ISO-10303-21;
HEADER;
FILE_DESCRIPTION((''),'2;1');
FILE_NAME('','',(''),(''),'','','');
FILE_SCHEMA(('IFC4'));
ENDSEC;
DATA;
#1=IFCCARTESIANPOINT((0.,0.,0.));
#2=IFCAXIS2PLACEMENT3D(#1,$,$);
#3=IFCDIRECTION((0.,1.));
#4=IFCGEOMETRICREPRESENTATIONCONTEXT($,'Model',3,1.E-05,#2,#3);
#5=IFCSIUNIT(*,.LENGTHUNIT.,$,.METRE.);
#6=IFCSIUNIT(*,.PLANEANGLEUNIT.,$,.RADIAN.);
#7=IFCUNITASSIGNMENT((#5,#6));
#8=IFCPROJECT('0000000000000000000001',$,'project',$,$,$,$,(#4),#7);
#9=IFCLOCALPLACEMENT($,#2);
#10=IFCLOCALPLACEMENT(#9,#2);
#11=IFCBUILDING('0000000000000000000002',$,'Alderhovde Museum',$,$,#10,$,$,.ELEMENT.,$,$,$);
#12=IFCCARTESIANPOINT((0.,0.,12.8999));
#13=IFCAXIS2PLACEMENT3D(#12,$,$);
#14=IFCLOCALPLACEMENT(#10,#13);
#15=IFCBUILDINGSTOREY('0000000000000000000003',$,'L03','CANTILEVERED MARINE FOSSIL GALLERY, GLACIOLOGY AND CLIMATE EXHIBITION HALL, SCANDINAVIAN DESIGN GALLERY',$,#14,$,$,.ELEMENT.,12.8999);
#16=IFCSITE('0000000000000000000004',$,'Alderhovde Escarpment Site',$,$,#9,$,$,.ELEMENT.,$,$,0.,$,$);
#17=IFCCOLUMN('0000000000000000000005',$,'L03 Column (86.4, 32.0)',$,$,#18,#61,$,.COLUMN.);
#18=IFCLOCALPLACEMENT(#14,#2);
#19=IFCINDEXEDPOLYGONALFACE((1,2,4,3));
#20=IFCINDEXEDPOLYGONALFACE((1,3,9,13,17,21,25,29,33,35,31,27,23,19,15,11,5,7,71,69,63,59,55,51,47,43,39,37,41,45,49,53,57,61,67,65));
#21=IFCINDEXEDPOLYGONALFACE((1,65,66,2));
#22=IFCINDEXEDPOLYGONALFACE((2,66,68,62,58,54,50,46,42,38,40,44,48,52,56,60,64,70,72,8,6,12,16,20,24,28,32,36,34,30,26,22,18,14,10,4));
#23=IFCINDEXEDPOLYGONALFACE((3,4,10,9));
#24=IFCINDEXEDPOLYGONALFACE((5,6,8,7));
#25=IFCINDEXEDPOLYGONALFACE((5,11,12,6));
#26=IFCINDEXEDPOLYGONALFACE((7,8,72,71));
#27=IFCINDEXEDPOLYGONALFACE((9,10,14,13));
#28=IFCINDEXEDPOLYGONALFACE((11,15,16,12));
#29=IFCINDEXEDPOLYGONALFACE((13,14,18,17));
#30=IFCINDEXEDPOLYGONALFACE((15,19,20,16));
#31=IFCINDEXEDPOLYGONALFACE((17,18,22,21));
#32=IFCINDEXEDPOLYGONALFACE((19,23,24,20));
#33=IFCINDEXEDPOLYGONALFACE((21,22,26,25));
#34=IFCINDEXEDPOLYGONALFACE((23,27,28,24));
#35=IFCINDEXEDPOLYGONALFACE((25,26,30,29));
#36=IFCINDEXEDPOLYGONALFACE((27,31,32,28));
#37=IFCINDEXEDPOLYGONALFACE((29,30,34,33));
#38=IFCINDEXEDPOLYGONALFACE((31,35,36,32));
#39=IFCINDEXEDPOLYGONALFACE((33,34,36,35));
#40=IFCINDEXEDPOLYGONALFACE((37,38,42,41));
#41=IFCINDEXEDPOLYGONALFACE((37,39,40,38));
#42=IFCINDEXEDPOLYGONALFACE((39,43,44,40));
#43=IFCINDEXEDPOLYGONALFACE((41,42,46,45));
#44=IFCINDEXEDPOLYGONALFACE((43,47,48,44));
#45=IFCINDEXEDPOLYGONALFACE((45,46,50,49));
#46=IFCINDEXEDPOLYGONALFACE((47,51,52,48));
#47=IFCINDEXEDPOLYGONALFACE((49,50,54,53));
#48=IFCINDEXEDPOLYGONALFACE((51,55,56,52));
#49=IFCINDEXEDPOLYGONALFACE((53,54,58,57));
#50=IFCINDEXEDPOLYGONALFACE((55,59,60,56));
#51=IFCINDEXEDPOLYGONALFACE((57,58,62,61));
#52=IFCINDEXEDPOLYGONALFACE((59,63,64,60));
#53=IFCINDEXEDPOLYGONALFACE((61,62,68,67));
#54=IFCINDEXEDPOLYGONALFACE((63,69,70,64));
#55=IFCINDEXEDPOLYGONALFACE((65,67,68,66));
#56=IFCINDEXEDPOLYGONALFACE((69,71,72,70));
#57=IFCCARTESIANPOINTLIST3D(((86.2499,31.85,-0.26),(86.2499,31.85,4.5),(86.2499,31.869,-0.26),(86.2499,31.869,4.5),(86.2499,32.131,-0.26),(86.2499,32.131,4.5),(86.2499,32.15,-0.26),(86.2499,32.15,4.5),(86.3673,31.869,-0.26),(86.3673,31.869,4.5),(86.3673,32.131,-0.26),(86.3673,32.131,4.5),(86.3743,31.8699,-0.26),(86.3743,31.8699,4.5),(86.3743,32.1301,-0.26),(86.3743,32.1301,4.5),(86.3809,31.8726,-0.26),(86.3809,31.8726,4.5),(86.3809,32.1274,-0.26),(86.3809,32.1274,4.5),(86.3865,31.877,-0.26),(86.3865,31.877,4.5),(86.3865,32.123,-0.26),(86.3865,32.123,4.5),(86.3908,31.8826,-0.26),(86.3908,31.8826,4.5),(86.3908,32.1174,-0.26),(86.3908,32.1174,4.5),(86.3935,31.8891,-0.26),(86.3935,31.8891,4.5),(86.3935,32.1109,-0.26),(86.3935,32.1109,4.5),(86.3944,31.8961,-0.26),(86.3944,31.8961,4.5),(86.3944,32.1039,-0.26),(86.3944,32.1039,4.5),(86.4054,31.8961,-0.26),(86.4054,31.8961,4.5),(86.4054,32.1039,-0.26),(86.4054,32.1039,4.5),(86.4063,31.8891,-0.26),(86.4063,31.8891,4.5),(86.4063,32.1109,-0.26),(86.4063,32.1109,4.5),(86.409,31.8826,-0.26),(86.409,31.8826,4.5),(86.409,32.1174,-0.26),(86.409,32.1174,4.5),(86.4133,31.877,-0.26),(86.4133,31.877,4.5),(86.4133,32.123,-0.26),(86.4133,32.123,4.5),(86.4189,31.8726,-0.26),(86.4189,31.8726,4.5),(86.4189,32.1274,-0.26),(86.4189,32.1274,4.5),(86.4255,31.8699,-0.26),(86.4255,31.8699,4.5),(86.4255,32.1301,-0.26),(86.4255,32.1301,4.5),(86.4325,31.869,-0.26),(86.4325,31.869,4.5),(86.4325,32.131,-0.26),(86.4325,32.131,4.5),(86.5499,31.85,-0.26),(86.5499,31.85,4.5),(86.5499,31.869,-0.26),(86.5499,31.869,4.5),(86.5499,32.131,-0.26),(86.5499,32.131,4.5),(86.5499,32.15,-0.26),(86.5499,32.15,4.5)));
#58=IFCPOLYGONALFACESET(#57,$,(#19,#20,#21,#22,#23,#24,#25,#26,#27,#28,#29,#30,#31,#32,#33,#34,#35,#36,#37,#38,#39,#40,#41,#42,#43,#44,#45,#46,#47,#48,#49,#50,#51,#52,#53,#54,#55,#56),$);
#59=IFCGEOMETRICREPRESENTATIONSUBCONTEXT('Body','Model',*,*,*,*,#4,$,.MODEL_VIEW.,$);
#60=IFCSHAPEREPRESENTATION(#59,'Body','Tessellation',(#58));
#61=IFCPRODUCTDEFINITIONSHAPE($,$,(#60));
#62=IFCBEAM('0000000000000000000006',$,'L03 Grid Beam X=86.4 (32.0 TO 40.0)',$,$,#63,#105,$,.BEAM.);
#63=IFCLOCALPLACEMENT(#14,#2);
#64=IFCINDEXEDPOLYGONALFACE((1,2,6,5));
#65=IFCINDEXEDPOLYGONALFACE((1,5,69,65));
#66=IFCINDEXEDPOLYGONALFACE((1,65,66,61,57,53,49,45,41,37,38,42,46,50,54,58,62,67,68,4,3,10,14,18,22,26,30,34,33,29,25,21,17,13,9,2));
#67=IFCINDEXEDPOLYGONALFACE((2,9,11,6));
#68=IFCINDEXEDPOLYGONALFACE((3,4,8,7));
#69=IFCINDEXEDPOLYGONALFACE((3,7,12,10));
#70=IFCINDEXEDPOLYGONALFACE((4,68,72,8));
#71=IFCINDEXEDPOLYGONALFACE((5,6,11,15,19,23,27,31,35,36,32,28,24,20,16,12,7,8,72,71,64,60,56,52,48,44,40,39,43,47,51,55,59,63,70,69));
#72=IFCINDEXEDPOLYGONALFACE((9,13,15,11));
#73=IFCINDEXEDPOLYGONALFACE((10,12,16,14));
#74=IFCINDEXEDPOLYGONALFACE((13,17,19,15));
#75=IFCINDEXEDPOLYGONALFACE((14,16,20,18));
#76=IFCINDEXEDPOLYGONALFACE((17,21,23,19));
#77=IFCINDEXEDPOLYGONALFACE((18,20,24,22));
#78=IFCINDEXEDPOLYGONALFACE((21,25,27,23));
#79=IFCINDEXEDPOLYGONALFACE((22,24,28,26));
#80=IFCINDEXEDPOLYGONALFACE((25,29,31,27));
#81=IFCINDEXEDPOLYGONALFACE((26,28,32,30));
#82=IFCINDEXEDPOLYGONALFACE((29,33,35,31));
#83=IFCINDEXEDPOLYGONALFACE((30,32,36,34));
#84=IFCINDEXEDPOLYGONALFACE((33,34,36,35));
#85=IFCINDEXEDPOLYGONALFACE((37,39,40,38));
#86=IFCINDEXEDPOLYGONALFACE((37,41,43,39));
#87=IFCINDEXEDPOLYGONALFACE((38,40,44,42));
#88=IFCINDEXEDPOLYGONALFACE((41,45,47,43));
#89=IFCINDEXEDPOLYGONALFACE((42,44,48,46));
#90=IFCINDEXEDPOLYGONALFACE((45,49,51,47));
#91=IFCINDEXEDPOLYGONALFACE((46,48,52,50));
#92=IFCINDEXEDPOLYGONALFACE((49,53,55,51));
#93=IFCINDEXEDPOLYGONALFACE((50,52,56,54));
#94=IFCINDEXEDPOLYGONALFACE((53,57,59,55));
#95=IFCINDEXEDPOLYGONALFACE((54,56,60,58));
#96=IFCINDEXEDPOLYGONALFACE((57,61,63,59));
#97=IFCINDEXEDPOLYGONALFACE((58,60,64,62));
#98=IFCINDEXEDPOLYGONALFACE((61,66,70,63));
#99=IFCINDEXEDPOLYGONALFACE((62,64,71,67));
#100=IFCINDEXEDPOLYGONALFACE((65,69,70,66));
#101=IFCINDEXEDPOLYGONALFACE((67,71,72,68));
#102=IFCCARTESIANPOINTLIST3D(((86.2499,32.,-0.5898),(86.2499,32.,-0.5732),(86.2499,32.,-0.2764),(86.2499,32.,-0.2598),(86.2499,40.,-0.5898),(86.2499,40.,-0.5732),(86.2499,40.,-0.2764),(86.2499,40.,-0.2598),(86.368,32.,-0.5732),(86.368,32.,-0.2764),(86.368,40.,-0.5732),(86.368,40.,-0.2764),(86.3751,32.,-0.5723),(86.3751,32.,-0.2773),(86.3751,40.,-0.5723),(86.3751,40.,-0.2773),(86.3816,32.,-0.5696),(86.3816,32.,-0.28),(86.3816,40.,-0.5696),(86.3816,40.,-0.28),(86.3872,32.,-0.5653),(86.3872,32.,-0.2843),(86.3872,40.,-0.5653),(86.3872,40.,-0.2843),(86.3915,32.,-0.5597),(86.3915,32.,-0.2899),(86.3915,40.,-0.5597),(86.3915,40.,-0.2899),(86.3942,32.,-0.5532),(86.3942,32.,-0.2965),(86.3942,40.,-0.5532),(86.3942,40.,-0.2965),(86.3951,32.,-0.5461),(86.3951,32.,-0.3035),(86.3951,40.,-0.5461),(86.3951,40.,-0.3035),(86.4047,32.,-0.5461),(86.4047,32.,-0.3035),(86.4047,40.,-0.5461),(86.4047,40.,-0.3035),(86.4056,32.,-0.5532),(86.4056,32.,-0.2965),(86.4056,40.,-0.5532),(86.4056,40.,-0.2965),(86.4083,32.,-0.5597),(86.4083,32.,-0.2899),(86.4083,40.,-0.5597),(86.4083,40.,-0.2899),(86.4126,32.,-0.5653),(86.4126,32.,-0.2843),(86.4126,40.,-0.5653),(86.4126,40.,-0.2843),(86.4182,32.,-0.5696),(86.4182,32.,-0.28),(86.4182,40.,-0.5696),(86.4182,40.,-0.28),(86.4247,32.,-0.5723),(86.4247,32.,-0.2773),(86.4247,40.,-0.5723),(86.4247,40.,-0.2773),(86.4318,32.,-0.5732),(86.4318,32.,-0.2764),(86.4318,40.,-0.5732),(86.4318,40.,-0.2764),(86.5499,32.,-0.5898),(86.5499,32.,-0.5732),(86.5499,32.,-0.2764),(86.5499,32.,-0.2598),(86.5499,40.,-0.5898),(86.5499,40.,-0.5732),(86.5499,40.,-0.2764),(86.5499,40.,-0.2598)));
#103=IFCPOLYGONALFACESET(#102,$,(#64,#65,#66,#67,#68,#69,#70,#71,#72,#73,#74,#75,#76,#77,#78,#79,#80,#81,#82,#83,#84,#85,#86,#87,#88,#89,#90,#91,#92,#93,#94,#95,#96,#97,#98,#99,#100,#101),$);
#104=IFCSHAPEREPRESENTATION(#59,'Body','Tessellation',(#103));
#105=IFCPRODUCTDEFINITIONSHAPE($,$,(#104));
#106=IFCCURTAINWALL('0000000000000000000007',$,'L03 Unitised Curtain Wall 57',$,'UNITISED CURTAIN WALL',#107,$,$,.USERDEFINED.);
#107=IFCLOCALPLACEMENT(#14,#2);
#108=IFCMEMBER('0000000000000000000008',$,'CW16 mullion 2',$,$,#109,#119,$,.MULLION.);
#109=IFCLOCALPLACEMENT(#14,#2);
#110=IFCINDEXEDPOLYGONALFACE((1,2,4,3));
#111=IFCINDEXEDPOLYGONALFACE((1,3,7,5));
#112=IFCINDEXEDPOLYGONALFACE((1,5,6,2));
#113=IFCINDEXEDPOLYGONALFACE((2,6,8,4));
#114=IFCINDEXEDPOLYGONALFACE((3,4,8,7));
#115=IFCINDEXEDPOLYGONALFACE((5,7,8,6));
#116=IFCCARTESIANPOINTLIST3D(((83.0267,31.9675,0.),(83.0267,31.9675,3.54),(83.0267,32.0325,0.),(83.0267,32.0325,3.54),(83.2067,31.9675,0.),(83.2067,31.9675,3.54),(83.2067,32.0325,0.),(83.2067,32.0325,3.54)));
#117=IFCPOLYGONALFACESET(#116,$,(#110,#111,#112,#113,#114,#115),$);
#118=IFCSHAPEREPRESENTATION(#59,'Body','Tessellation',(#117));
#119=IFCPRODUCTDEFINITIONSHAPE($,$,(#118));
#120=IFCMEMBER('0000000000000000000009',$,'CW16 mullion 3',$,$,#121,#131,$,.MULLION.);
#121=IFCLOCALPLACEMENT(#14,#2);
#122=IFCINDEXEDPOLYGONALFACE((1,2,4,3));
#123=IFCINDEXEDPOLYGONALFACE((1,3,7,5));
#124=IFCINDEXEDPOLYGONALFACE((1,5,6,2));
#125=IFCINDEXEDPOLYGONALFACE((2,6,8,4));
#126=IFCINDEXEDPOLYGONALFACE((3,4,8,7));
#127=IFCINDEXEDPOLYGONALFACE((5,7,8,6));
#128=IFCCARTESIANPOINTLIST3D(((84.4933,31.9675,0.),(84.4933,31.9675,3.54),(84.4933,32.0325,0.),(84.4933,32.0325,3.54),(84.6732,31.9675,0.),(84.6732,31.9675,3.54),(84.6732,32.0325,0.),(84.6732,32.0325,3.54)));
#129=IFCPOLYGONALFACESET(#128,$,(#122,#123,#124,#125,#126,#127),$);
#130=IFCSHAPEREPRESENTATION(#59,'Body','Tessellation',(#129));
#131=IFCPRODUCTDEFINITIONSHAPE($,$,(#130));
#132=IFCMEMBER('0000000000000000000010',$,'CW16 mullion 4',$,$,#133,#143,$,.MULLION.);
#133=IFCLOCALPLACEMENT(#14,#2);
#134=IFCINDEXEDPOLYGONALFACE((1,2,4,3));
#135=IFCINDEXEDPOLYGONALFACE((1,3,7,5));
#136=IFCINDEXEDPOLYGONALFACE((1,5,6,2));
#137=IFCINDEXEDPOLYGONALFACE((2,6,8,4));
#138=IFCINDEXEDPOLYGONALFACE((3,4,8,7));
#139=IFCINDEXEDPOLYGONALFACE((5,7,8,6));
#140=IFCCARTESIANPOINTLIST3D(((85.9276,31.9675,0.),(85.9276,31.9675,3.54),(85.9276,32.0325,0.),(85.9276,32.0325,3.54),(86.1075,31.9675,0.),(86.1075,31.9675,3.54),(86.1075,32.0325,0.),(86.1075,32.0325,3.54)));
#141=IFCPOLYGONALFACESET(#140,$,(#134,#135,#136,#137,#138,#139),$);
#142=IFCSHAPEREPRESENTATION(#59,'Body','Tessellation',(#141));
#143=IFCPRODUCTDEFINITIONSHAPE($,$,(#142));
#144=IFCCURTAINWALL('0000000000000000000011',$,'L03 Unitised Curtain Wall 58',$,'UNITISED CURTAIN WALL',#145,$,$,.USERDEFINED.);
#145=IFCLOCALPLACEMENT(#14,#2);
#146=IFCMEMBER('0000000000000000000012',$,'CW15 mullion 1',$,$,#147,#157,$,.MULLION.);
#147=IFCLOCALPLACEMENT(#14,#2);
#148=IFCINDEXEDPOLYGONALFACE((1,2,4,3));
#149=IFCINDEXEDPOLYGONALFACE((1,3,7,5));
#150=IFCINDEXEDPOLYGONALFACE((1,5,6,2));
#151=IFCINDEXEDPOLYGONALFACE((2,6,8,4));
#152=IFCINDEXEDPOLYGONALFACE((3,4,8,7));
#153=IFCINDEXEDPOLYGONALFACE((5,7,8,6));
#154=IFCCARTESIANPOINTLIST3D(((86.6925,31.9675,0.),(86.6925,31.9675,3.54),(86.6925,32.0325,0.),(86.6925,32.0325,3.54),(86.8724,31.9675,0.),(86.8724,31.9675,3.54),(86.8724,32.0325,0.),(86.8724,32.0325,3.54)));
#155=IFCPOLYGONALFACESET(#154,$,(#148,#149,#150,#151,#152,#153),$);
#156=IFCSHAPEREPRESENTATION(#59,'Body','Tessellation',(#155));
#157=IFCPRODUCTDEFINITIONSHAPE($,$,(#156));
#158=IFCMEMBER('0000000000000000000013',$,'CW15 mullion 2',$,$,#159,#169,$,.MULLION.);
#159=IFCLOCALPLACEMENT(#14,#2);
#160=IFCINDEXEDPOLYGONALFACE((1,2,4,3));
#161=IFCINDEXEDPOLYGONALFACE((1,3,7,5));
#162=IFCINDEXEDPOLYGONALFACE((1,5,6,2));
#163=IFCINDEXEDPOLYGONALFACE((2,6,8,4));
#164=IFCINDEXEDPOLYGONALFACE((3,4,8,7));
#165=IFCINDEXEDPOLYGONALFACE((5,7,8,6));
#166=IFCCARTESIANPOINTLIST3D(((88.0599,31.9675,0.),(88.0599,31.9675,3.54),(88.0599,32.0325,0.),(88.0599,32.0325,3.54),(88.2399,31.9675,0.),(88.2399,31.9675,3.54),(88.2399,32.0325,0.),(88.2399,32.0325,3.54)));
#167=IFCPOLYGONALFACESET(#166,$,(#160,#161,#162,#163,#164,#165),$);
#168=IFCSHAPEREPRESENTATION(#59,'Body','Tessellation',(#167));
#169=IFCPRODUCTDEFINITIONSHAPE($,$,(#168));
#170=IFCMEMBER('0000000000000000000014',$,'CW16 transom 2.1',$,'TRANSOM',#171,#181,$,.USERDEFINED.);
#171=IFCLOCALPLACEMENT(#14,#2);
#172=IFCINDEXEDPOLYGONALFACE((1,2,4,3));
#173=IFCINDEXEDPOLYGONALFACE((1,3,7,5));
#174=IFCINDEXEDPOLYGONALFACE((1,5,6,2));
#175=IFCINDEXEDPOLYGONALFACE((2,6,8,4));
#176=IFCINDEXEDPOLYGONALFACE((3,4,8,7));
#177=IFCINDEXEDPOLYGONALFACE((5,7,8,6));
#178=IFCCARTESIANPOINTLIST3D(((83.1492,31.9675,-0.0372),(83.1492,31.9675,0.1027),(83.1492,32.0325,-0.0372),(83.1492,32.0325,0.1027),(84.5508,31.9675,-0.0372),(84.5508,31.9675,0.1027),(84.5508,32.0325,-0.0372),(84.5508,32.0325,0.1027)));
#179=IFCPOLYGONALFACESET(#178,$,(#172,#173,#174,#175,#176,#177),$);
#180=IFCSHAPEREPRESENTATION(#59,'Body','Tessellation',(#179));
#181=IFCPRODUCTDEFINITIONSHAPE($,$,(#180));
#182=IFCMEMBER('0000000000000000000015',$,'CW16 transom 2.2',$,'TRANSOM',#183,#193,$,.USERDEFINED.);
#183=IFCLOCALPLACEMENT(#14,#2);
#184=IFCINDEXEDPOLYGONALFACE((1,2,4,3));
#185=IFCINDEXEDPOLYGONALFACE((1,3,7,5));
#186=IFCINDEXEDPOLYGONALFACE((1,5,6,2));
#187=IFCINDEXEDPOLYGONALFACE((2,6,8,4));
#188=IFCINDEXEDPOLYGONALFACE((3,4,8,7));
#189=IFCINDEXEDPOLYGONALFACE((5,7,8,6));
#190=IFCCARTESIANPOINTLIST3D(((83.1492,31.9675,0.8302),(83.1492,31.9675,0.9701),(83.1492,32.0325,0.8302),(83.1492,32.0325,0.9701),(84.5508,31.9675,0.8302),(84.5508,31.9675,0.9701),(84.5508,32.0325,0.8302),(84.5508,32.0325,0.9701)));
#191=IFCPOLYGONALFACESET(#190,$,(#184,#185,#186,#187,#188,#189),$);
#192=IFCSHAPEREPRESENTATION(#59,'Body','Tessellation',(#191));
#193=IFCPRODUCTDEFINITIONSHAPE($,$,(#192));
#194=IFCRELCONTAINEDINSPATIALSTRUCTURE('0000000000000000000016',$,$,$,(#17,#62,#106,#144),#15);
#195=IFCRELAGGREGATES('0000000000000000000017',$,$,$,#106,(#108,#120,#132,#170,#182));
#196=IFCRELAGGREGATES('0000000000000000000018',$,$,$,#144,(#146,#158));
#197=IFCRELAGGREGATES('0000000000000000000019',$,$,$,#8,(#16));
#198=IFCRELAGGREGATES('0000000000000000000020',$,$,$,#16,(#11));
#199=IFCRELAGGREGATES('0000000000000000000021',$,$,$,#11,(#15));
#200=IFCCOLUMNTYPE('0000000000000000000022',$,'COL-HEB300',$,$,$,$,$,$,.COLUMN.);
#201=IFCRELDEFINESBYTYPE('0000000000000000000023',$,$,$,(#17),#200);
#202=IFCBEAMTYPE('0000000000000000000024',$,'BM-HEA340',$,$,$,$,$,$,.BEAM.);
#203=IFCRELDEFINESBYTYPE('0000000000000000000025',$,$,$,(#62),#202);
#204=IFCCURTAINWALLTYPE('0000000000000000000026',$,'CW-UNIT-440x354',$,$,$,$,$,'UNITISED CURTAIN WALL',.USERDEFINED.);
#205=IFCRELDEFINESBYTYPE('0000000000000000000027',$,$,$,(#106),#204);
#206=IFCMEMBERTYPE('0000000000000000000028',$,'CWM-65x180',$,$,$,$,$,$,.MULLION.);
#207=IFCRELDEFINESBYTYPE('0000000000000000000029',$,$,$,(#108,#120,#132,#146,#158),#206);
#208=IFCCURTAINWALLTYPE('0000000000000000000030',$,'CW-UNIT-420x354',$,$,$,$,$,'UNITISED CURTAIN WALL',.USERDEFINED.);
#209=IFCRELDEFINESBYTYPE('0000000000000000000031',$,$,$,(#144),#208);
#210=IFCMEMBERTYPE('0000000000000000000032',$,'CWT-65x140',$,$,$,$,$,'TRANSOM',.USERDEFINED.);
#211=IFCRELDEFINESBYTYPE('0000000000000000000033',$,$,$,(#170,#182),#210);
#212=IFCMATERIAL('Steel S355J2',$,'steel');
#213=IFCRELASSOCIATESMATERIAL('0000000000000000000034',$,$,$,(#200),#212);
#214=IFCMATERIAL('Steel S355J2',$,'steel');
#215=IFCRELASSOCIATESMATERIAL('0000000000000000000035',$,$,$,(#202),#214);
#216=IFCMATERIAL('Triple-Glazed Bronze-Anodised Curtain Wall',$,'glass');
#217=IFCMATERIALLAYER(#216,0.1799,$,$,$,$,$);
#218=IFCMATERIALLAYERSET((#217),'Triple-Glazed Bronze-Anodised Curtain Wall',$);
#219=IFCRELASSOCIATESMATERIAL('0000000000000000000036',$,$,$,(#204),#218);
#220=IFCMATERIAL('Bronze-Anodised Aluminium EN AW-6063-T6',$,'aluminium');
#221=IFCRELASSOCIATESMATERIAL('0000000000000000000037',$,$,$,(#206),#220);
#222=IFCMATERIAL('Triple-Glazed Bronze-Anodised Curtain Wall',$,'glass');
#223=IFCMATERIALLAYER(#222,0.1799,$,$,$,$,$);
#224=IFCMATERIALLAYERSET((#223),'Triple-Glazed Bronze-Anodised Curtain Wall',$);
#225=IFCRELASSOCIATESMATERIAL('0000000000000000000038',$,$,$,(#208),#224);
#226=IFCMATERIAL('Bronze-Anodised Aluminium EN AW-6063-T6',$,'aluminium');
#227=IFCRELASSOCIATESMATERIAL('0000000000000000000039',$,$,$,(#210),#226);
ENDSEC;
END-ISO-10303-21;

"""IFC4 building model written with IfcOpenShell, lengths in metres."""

from ifc_helpers import new_model, si_unit, direction, frame, origin, origin_2d, place, context, subcontext, project, spatial, rectangle, i_section, extrude, material, layer, layer_set, material_profile, profile_set, type_object, element, aggregate, save


model = new_model("IFC4")

# Units and contexts
model_context = context("Model", 3, precision=1e-05, world=origin(), true_north=direction((0.0, 1.0)))
body_context = subcontext(model_context, "Body", "Model", "MODEL_VIEW")
ifc_project = project(units=[si_unit("LENGTHUNIT", "METRE"), si_unit("PLANEANGLEUNIT", "RADIAN")], contexts=[model_context])

# Site, building, storey
site_placement = place(None, origin())
site = spatial("IfcSite", under=ifc_project, at=site_placement, Name="Alderhovde Escarpment Site", CompositionType="ELEMENT", RefElevation=0.0)
building_placement = place(site_placement, origin())
building = spatial("IfcBuilding", under=site, at=building_placement, Name="Alderhovde Museum", CompositionType="ELEMENT")
storey_placement = place(building_placement, frame((0.0, 0.0, 12.8999)))
storey = spatial("IfcBuildingStorey", under=building, at=storey_placement, Name="L03", Description="CANTILEVERED MARINE FOSSIL GALLERY, GLACIOLOGY AND CLIMATE EXHIBITION HALL, SCANDINAVIAN DESIGN GALLERY", CompositionType="ELEMENT", Elevation=12.8999)

# Column
ifc_material_1 = material(Name="Steel S355J2", Category="steel")
ifc_material_profile_1 = material_profile(ifc_material_1, i_section(OverallWidth=0.3, OverallDepth=0.3, WebThickness=0.011, FlangeThickness=0.019, FilletRadius=0.0271, at=origin_2d()), Name="HEB 300")
ifc_profile_set_1 = profile_set([ifc_material_profile_1], Name="Steel S355J2")
column_type = type_object("IfcColumnType", Name="COL-HEB300", PredefinedType="COLUMN", material=ifc_profile_set_1)
column_placement = place(storey_placement, frame((86.3999, 32.0, -0.26), z_axis=(0.0, 0.0, 1.0), x_axis=(1.0, 0.0, 0.0)))
element("IfcColumn", 1, at=column_placement, inside=storey, type_object=column_type, Name="L03 Column (86.4, 32.0)", PredefinedType="COLUMN", context=body_context, shape_type="SweptSolid", body=[
    extrude(i_section(OverallWidth=0.3, OverallDepth=0.3, WebThickness=0.011, FlangeThickness=0.019, FilletRadius=0.0271, at=origin_2d()), origin(), (0.0, 0.0, 1.0), 4.76),
])

# Beam
ifc_material_2 = material(Name="Steel S355J2", Category="steel")
ifc_material_profile_2 = material_profile(ifc_material_2, i_section(OverallWidth=0.3, OverallDepth=0.3301, WebThickness=0.0095, FlangeThickness=0.0166, FilletRadius=0.0271, at=origin_2d()), Name="HEA 340")
ifc_profile_set_2 = profile_set([ifc_material_profile_2], Name="Steel S355J2")
beam_type_1 = type_object("IfcBeamType", Name="BM-HEA340", PredefinedType="BEAM", material=ifc_profile_set_2)
beam_1_placement = place(storey_placement, frame((86.3999, 32.0, -0.4248), z_axis=(0.0, 1.0, 0.0), x_axis=(-1.0, 0.0, 0.0)))
element("IfcBeam", 2, at=beam_1_placement, inside=storey, type_object=beam_type_1, Name="L03 Grid Beam X=86.4 (32.0 TO 40.0)", PredefinedType="BEAM", context=body_context, shape_type="SweptSolid", body=[
    extrude(i_section(OverallWidth=0.3, OverallDepth=0.3301, WebThickness=0.0095, FlangeThickness=0.0166, FilletRadius=0.0271, at=origin_2d()), origin(), (0.0, 0.0, 1.0), 8.0),
])

# Curtain walls, members
ifc_material_3 = material(Name="Triple-Glazed Bronze-Anodised Curtain Wall", Category="glass")
ifc_layer_1 = layer(ifc_material_3, 0.1799)
ifc_layer_set_1 = layer_set([ifc_layer_1], Name="Triple-Glazed Bronze-Anodised Curtain Wall")
curtain_wall_type_1 = type_object("IfcCurtainWallType", Name="CW-UNIT-440x354", ElementType="UNITISED CURTAIN WALL", PredefinedType="USERDEFINED", material=ifc_layer_set_1)
curtain_wall_1_placement = place(storey_placement, origin())
curtain_wall_1 = element("IfcCurtainWall", 3, at=curtain_wall_1_placement, inside=storey, type_object=curtain_wall_type_1, Name="L03 Unitised Curtain Wall 57", ObjectType="UNITISED CURTAIN WALL", PredefinedType="USERDEFINED")
ifc_material_4 = material(Name="Bronze-Anodised Aluminium EN AW-6063-T6", Category="aluminium")
ifc_material_profile_3 = material_profile(ifc_material_4, rectangle(XDim=0.0649, YDim=0.1799, at=origin_2d()), Name="MULLION 65x180")
ifc_profile_set_3 = profile_set([ifc_material_profile_3], Name="Bronze-Anodised Aluminium EN AW-6063-T6")
member_type_1 = type_object("IfcMemberType", Name="CWM-65x180", PredefinedType="MULLION", material=ifc_profile_set_3)
member_1_placement = place(storey_placement, frame((83.1167, 32.0, 0.0), z_axis=(0.0, 0.0, 1.0), x_axis=(0.0, 1.0, 0.0)))
member_1 = element("IfcMember", 4, at=member_1_placement, type_object=member_type_1, Name="CW16 mullion 2", PredefinedType="MULLION", context=body_context, shape_type="SweptSolid", body=[
    extrude(rectangle(XDim=0.0649, YDim=0.1799, at=origin_2d()), origin(), (0.0, 0.0, 1.0), 3.54),
])
member_2_placement = place(storey_placement, frame((84.5833, 32.0, 0.0), z_axis=(0.0, 0.0, 1.0), x_axis=(0.0, 1.0, 0.0)))
member_2 = element("IfcMember", 5, at=member_2_placement, type_object=member_type_1, Name="CW16 mullion 3", PredefinedType="MULLION", context=body_context, shape_type="SweptSolid", body=[
    extrude(rectangle(XDim=0.0649, YDim=0.1799, at=origin_2d()), origin(), (0.0, 0.0, 1.0), 3.54),
])
member_3_placement = place(storey_placement, frame((86.0176, 32.0, 0.0), z_axis=(0.0, 0.0, 1.0), x_axis=(0.0, 1.0, 0.0)))
member_3 = element("IfcMember", 6, at=member_3_placement, type_object=member_type_1, Name="CW16 mullion 4", PredefinedType="MULLION", context=body_context, shape_type="SweptSolid", body=[
    extrude(rectangle(XDim=0.0649, YDim=0.1799, at=origin_2d()), origin(), (0.0, 0.0, 1.0), 3.54),
])
ifc_material_5 = material(Name="Triple-Glazed Bronze-Anodised Curtain Wall", Category="glass")
ifc_layer_2 = layer(ifc_material_5, 0.1799)
ifc_layer_set_2 = layer_set([ifc_layer_2], Name="Triple-Glazed Bronze-Anodised Curtain Wall")
curtain_wall_type_2 = type_object("IfcCurtainWallType", Name="CW-UNIT-420x354", ElementType="UNITISED CURTAIN WALL", PredefinedType="USERDEFINED", material=ifc_layer_set_2)
curtain_wall_2_placement = place(storey_placement, origin())
curtain_wall_2 = element("IfcCurtainWall", 7, at=curtain_wall_2_placement, inside=storey, type_object=curtain_wall_type_2, Name="L03 Unitised Curtain Wall 58", ObjectType="UNITISED CURTAIN WALL", PredefinedType="USERDEFINED")
member_4_placement = place(storey_placement, frame((86.7825, 32.0, 0.0), z_axis=(0.0, 0.0, 1.0), x_axis=(0.0, 1.0, 0.0)))
member_4 = element("IfcMember", 8, at=member_4_placement, type_object=member_type_1, Name="CW15 mullion 1", PredefinedType="MULLION", context=body_context, shape_type="SweptSolid", body=[
    extrude(rectangle(XDim=0.0649, YDim=0.1799, at=origin_2d()), origin(), (0.0, 0.0, 1.0), 3.54),
])
member_5_placement = place(storey_placement, frame((88.1499, 32.0, 0.0), z_axis=(0.0, 0.0, 1.0), x_axis=(0.0, 1.0, 0.0)))
member_5 = element("IfcMember", 9, at=member_5_placement, type_object=member_type_1, Name="CW15 mullion 2", PredefinedType="MULLION", context=body_context, shape_type="SweptSolid", body=[
    extrude(rectangle(XDim=0.0649, YDim=0.1799, at=origin_2d()), origin(), (0.0, 0.0, 1.0), 3.54),
])

# Members
ifc_material_6 = material(Name="Bronze-Anodised Aluminium EN AW-6063-T6", Category="aluminium")
ifc_material_profile_4 = material_profile(ifc_material_6, rectangle(XDim=0.0649, YDim=0.1399, at=origin_2d()), Name="TRANSOM 65x140")
ifc_profile_set_4 = profile_set([ifc_material_profile_4], Name="Bronze-Anodised Aluminium EN AW-6063-T6")
member_type_2 = type_object("IfcMemberType", Name="CWT-65x140", ElementType="TRANSOM", PredefinedType="USERDEFINED", material=ifc_profile_set_4)
member_6_placement = place(storey_placement, frame((83.1492, 32.0, 0.0327), z_axis=(1.0, 0.0, 0.0), x_axis=(0.0, 1.0, 0.0)))
member_6 = element("IfcMember", 10, at=member_6_placement, type_object=member_type_2, Name="CW16 transom 2.1", ObjectType="TRANSOM", PredefinedType="USERDEFINED", context=body_context, shape_type="SweptSolid", body=[
    extrude(rectangle(XDim=0.0649, YDim=0.1399, at=origin_2d()), origin(), (0.0, 0.0, 1.0), 1.4016),
])
member_7_placement = place(storey_placement, frame((83.1492, 32.0, 0.9001), z_axis=(1.0, 0.0, 0.0), x_axis=(0.0, 1.0, 0.0)))
member_7 = element("IfcMember", 11, at=member_7_placement, type_object=member_type_2, Name="CW16 transom 2.2", ObjectType="TRANSOM", PredefinedType="USERDEFINED", context=body_context, shape_type="SweptSolid", body=[
    extrude(rectangle(XDim=0.0649, YDim=0.1399, at=origin_2d()), origin(), (0.0, 0.0, 1.0), 1.4016),
])

aggregate(curtain_wall_1, [member_1, member_2, member_3, member_6, member_7])
aggregate(curtain_wall_2, [member_4, member_5])

save(model, "model.ifc")
